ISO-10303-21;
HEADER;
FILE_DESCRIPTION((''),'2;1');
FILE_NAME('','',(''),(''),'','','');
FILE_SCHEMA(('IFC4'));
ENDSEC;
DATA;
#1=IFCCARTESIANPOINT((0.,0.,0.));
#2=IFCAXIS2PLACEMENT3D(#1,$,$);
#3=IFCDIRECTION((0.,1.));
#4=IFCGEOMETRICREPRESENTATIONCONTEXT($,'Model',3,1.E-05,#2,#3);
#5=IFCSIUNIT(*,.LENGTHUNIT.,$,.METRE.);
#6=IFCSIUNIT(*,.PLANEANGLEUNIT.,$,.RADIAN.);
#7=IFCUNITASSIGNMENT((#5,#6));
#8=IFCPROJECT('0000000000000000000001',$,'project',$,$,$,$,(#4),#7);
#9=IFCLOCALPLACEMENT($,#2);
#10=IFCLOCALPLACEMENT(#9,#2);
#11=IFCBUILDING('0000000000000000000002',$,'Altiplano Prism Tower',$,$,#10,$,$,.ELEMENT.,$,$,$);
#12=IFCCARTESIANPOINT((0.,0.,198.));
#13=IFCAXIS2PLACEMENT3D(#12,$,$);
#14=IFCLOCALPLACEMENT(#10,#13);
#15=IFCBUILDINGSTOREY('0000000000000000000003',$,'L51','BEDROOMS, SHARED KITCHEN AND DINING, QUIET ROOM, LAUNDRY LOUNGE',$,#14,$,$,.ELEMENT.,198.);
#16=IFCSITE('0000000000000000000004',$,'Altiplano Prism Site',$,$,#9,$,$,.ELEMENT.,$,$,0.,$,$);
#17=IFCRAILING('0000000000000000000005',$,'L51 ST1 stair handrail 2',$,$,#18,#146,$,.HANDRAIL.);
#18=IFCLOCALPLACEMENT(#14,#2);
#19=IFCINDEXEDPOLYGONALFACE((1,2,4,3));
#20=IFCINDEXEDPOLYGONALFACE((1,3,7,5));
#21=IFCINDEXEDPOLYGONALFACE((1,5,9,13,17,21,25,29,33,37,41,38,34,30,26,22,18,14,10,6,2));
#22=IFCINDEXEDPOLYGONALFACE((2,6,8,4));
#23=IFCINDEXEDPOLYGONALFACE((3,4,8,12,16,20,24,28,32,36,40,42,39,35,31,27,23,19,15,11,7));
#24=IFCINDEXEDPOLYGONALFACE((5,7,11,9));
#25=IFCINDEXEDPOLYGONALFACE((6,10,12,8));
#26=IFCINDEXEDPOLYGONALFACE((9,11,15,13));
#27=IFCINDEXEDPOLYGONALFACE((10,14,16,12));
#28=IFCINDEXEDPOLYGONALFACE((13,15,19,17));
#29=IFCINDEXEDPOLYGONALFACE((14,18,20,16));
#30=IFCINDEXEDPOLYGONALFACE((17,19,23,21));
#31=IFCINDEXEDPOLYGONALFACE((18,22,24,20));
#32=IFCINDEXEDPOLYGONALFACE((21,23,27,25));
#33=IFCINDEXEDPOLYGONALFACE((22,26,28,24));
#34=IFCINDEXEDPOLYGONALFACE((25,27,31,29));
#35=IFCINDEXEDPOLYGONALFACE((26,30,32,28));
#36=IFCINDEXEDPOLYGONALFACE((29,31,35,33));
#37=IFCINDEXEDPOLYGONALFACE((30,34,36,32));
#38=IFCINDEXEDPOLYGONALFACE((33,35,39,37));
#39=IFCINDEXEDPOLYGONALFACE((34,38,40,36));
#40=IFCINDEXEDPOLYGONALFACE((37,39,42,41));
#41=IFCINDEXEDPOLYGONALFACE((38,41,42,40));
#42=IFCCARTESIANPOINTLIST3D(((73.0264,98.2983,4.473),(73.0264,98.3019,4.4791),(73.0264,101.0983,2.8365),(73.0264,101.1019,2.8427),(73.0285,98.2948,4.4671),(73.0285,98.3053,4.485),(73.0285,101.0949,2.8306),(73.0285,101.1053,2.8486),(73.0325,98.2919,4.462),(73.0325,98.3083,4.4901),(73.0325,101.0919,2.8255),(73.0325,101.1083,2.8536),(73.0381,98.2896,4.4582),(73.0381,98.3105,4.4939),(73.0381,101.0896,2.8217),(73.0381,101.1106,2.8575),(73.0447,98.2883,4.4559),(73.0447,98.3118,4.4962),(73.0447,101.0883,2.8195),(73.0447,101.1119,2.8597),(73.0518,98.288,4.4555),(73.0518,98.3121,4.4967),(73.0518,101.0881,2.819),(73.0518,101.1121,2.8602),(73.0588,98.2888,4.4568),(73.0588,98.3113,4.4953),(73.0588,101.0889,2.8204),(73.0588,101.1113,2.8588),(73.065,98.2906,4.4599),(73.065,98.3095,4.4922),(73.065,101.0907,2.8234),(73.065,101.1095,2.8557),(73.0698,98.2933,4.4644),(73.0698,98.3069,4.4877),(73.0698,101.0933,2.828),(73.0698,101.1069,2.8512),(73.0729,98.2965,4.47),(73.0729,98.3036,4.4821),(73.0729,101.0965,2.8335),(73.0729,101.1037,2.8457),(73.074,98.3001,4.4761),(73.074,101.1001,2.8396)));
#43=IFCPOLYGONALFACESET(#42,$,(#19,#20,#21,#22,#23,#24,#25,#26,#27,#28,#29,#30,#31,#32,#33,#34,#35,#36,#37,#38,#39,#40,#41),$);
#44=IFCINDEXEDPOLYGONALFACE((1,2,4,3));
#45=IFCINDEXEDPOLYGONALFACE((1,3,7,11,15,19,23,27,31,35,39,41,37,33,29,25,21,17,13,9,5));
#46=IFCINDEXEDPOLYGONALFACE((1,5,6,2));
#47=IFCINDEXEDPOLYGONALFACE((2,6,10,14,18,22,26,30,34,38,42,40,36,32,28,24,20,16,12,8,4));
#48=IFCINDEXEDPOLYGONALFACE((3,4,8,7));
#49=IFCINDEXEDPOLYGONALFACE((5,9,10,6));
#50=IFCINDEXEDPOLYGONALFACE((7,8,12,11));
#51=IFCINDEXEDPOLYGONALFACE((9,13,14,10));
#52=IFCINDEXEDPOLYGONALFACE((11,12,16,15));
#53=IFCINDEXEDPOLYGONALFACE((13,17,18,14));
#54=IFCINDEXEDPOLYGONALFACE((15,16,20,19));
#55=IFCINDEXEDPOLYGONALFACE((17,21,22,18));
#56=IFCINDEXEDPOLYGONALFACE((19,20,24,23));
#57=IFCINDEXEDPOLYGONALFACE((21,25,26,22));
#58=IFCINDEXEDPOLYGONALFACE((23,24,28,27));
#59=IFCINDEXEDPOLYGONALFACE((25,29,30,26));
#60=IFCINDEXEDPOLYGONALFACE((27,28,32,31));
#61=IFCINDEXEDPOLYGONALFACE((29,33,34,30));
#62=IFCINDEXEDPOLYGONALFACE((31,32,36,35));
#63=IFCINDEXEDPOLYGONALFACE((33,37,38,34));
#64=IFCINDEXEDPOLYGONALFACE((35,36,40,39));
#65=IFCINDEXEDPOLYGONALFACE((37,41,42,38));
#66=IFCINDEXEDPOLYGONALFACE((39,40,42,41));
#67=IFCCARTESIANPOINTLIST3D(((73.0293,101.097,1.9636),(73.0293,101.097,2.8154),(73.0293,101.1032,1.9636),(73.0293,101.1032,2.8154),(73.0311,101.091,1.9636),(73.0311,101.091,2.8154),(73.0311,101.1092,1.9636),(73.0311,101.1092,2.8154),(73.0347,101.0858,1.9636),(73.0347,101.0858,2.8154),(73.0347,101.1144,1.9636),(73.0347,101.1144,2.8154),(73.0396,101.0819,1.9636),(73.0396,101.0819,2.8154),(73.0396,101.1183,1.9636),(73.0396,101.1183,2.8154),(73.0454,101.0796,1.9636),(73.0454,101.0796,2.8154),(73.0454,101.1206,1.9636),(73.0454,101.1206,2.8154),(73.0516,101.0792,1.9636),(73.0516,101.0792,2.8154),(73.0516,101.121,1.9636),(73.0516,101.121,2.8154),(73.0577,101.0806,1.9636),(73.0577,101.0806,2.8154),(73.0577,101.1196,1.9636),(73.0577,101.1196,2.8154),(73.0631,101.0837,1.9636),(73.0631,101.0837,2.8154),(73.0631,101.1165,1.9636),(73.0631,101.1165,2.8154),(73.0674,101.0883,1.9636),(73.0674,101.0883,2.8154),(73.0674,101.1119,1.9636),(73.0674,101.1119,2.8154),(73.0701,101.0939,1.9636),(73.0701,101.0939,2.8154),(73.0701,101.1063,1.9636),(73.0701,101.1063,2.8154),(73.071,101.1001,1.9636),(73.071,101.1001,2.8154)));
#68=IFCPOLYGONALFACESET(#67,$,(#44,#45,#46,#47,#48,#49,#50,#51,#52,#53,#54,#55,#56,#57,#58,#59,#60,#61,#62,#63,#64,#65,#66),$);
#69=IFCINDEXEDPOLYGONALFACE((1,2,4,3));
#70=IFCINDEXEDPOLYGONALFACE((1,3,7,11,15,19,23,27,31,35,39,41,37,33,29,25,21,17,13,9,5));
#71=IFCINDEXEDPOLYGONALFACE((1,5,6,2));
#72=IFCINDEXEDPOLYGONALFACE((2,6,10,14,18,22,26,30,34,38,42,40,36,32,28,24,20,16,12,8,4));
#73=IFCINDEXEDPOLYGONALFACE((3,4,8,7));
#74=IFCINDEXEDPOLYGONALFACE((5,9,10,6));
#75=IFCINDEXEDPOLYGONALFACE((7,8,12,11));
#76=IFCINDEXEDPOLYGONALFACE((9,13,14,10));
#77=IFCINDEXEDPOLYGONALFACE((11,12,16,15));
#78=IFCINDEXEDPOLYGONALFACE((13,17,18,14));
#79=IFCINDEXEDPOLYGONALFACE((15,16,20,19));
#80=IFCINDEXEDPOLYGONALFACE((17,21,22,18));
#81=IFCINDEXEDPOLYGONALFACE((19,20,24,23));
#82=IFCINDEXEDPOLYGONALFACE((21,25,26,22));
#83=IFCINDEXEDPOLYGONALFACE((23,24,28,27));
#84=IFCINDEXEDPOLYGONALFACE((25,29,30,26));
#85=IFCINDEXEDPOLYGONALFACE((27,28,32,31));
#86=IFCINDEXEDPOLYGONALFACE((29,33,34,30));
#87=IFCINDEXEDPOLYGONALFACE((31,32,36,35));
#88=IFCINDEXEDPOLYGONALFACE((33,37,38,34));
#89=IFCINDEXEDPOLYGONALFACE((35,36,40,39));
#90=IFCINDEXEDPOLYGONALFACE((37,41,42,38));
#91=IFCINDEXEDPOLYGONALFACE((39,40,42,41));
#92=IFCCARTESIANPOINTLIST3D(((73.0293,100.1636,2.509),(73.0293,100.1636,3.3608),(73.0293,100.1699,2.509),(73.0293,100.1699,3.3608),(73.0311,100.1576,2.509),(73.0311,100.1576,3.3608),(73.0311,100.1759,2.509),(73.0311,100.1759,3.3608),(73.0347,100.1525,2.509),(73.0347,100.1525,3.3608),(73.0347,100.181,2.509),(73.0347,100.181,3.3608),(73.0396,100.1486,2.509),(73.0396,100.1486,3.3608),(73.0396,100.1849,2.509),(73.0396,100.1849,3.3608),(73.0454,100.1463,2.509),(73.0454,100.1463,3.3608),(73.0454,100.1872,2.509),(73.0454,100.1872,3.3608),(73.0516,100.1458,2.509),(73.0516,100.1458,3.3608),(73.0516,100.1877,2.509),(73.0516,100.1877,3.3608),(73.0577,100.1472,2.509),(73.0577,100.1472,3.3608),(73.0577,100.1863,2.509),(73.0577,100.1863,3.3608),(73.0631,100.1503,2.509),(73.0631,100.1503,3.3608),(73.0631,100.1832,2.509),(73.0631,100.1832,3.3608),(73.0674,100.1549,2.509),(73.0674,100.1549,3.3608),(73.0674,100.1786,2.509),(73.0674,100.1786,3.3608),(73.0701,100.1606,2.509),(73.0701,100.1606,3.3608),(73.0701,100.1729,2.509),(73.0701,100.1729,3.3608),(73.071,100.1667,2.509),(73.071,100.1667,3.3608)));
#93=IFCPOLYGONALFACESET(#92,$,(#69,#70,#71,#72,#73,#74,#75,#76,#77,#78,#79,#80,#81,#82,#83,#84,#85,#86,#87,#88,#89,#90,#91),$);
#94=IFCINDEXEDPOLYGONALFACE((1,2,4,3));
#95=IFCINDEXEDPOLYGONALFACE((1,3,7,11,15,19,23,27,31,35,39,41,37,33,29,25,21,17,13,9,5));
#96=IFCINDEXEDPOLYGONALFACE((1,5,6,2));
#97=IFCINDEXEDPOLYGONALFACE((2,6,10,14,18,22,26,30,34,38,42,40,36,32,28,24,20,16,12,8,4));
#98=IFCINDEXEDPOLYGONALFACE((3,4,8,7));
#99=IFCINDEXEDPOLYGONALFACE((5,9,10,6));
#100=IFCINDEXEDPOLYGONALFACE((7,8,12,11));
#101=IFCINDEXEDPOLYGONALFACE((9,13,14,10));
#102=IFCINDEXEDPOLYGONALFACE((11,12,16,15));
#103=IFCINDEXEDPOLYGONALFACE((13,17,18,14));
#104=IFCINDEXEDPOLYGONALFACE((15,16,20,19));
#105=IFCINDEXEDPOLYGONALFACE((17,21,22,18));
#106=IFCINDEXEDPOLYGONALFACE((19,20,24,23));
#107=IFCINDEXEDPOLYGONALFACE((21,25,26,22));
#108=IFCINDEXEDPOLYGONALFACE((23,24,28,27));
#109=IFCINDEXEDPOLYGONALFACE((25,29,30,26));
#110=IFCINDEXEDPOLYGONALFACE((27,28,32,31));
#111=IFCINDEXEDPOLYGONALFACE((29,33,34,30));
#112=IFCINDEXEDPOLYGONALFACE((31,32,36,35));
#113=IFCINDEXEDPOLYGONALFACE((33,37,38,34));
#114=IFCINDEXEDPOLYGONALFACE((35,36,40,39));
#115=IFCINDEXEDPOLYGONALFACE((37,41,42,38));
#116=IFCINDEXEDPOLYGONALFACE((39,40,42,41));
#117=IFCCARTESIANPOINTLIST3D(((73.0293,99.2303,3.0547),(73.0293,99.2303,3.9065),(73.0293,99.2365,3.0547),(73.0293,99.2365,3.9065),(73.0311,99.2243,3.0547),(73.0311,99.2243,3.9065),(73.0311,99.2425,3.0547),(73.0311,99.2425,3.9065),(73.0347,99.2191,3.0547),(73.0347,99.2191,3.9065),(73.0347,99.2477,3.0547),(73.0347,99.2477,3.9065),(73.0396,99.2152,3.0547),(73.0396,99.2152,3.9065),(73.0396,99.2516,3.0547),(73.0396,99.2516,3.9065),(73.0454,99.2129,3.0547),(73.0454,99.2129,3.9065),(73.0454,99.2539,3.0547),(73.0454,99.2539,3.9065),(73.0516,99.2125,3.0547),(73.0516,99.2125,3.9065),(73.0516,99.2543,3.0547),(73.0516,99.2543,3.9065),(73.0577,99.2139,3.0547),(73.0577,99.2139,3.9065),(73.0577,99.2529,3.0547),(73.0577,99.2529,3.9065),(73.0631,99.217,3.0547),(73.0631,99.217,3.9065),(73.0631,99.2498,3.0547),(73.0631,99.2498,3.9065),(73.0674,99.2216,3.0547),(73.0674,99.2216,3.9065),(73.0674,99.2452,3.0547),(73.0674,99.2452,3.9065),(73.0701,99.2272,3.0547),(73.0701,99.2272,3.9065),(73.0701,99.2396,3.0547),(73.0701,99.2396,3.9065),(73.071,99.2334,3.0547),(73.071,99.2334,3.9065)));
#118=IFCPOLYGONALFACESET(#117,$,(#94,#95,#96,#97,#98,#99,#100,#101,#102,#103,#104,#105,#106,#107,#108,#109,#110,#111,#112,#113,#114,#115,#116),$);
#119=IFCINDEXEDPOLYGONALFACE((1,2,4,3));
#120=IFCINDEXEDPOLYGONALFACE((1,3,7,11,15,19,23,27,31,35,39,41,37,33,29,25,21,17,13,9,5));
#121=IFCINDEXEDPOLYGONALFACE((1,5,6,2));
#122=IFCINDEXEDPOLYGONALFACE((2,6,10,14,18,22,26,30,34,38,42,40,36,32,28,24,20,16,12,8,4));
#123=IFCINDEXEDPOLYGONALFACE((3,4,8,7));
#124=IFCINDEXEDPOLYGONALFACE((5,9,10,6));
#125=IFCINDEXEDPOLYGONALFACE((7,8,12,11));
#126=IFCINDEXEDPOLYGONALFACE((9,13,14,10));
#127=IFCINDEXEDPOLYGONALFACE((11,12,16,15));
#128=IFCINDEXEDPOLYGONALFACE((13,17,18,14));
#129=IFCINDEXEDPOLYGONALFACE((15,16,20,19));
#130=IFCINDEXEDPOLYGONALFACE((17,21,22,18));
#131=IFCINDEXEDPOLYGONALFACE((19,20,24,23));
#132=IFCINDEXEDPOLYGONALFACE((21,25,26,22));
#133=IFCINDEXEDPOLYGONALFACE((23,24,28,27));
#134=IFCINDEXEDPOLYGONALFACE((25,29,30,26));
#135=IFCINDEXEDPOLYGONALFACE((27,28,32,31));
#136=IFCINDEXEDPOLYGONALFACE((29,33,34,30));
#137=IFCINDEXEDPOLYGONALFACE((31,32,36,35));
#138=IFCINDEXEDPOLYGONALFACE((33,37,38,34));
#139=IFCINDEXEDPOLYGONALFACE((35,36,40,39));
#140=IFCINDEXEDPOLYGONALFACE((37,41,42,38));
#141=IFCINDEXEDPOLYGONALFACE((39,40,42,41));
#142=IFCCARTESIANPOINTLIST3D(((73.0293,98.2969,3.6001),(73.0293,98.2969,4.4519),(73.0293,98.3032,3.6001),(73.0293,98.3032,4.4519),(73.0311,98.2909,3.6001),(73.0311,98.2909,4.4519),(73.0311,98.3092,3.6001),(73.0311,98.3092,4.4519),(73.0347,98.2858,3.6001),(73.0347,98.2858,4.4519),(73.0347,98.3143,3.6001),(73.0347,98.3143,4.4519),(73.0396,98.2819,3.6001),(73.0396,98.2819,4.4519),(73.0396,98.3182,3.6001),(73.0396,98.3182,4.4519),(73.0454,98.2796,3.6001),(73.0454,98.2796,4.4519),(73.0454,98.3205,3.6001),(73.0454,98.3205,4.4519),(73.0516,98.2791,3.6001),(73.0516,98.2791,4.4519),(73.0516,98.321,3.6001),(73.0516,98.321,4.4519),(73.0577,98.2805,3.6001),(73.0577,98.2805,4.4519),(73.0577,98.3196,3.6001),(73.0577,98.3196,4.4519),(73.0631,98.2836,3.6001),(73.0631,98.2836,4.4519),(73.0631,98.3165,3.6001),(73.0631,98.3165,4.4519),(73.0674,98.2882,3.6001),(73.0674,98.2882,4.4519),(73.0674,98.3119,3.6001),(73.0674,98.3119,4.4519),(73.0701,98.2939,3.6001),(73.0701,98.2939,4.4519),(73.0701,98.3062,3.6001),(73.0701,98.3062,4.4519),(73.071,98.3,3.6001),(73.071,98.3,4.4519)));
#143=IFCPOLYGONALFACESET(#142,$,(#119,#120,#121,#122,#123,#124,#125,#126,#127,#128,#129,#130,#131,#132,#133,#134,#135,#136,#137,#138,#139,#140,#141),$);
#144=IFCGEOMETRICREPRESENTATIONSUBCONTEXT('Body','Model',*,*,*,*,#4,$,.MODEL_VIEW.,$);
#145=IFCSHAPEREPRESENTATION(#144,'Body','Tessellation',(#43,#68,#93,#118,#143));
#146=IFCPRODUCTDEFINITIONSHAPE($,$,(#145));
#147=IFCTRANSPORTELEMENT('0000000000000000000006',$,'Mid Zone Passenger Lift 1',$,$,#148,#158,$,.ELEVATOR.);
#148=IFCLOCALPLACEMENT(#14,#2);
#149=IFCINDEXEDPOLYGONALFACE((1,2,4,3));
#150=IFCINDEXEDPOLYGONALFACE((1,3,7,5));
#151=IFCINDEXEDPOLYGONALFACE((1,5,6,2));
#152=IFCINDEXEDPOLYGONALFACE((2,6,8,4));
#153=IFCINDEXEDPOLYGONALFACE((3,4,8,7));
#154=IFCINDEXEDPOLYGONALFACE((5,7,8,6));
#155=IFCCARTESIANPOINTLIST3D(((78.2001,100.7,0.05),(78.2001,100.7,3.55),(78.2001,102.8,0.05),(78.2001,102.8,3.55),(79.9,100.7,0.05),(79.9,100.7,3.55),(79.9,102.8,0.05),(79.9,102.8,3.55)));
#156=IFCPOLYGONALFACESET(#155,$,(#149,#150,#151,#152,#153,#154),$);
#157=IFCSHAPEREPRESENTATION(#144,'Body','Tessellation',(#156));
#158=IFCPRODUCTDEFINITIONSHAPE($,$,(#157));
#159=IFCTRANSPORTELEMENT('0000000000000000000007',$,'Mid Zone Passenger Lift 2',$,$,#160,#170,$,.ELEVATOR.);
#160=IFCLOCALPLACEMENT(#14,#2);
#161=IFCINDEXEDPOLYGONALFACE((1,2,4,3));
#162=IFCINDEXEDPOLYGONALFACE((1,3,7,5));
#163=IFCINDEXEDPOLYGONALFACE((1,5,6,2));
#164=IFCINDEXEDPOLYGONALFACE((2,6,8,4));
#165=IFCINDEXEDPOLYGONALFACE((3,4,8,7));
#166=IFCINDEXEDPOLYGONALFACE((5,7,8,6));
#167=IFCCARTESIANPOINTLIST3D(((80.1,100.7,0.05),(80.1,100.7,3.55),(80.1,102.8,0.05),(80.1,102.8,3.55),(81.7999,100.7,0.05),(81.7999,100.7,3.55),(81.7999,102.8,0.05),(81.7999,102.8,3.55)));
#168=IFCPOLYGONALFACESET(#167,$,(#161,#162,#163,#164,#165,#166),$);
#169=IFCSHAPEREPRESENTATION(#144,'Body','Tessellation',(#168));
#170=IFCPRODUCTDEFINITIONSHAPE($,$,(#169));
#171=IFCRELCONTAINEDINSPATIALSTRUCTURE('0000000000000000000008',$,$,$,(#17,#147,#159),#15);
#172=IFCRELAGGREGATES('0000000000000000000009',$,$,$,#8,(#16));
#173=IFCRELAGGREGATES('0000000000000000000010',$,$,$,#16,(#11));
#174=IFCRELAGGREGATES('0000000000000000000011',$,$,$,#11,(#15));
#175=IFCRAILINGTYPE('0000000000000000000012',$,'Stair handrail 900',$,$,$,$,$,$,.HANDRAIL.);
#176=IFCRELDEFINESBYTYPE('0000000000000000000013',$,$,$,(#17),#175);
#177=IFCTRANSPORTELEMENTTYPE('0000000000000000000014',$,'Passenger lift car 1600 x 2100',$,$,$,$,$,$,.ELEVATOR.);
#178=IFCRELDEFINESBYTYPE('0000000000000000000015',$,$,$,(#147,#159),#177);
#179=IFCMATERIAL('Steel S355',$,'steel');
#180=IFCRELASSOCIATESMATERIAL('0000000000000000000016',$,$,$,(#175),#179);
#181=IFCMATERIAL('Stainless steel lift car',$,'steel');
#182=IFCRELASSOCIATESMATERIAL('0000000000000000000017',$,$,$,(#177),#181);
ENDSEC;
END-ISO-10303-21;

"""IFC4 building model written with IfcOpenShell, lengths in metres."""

from ifc_helpers import new_model, si_unit, direction, frame, origin, origin_2d, place, context, subcontext, project, spatial, rectangle, circle, extrude, material, type_object, element, save


model = new_model("IFC4")

# Units and contexts
model_context = context("Model", 3, precision=1e-05, world=origin(), true_north=direction((0.0, 1.0)))
body_context = subcontext(model_context, "Body", "Model", "MODEL_VIEW")
ifc_project = project(units=[si_unit("LENGTHUNIT", "METRE"), si_unit("PLANEANGLEUNIT", "RADIAN")], contexts=[model_context])

# Site, building, storey
site_placement = place(None, origin())
site = spatial("IfcSite", under=ifc_project, at=site_placement, Name="Altiplano Prism Site", CompositionType="ELEMENT", RefElevation=0.0)
building_placement = place(site_placement, origin())
building = spatial("IfcBuilding", under=site, at=building_placement, Name="Altiplano Prism Tower", CompositionType="ELEMENT")
storey_placement = place(building_placement, frame((0.0, 0.0, 198.0)))
storey = spatial("IfcBuildingStorey", under=building, at=storey_placement, Name="L51", Description="BEDROOMS, SHARED KITCHEN AND DINING, QUIET ROOM, LAUNDRY LOUNGE", CompositionType="ELEMENT", Elevation=198.0)

# Railing
ifc_material_1 = material(Name="Steel S355", Category="steel")
railing_type_1 = type_object("IfcRailingType", Name="Stair handrail 900", PredefinedType="HANDRAIL", material=ifc_material_1)
railing_1_placement = place(storey_placement, frame((73.05, 101.1001, 1.9636)))
element("IfcRailing", 1, at=railing_1_placement, inside=storey, type_object=railing_type_1, Name="L51 ST1 stair handrail 2", PredefinedType="HANDRAIL", context=body_context, shape_type="SweptSolid", body=[
    extrude(circle(Radius=0.0239, at=origin_2d()), frame((0.0, 0.0, 0.876), z_axis=(0.0, -0.863361, 0.504587), x_axis=(1.0, 0.0, 0.0)), (0.0, 0.0, 1.0), 3.2432),
    extrude(circle(Radius=0.021, at=origin_2d()), origin(), (0.0, 0.0, 1.0), 0.8518),
    extrude(circle(Radius=0.021, at=origin_2d()), frame((0.0, -0.9333, 0.5454)), (0.0, 0.0, 1.0), 0.8518),
    extrude(circle(Radius=0.021, at=origin_2d()), frame((0.0, -1.8667, 1.0911)), (0.0, 0.0, 1.0), 0.8518),
    extrude(circle(Radius=0.021, at=origin_2d()), frame((0.0, -2.8, 1.6365)), (0.0, 0.0, 1.0), 0.8518),
])

# Transport elements
ifc_material_2 = material(Name="Stainless steel lift car", Category="steel")
transport_element_type = type_object("IfcTransportElementType", Name="Passenger lift car 1600 x 2100", PredefinedType="ELEVATOR", material=ifc_material_2)
for number, where, z_axis, x_axis, name in (
    (2, (79.05, 101.75, 0.05), (0.0, 0.0, 1.0), (1.0, 0.0, 0.0), "Mid Zone Passenger Lift 1"),
    (3, (80.95, 101.75, 0.05), (0.0, 0.0, 1.0), (1.0, 0.0, 0.0), "Mid Zone Passenger Lift 2"),
):
    element("IfcTransportElement", number, at=place(storey_placement, frame(where, z_axis=z_axis, x_axis=x_axis)), inside=storey, type_object=transport_element_type, Name=name, PredefinedType="ELEVATOR", context=body_context, shape_type="SweptSolid", body=[
        extrude(rectangle(XDim=1.7, YDim=2.1001, at=origin_2d()), origin(), (0.0, 0.0, 1.0), 3.5),
    ])

save(model, "model.ifc")
